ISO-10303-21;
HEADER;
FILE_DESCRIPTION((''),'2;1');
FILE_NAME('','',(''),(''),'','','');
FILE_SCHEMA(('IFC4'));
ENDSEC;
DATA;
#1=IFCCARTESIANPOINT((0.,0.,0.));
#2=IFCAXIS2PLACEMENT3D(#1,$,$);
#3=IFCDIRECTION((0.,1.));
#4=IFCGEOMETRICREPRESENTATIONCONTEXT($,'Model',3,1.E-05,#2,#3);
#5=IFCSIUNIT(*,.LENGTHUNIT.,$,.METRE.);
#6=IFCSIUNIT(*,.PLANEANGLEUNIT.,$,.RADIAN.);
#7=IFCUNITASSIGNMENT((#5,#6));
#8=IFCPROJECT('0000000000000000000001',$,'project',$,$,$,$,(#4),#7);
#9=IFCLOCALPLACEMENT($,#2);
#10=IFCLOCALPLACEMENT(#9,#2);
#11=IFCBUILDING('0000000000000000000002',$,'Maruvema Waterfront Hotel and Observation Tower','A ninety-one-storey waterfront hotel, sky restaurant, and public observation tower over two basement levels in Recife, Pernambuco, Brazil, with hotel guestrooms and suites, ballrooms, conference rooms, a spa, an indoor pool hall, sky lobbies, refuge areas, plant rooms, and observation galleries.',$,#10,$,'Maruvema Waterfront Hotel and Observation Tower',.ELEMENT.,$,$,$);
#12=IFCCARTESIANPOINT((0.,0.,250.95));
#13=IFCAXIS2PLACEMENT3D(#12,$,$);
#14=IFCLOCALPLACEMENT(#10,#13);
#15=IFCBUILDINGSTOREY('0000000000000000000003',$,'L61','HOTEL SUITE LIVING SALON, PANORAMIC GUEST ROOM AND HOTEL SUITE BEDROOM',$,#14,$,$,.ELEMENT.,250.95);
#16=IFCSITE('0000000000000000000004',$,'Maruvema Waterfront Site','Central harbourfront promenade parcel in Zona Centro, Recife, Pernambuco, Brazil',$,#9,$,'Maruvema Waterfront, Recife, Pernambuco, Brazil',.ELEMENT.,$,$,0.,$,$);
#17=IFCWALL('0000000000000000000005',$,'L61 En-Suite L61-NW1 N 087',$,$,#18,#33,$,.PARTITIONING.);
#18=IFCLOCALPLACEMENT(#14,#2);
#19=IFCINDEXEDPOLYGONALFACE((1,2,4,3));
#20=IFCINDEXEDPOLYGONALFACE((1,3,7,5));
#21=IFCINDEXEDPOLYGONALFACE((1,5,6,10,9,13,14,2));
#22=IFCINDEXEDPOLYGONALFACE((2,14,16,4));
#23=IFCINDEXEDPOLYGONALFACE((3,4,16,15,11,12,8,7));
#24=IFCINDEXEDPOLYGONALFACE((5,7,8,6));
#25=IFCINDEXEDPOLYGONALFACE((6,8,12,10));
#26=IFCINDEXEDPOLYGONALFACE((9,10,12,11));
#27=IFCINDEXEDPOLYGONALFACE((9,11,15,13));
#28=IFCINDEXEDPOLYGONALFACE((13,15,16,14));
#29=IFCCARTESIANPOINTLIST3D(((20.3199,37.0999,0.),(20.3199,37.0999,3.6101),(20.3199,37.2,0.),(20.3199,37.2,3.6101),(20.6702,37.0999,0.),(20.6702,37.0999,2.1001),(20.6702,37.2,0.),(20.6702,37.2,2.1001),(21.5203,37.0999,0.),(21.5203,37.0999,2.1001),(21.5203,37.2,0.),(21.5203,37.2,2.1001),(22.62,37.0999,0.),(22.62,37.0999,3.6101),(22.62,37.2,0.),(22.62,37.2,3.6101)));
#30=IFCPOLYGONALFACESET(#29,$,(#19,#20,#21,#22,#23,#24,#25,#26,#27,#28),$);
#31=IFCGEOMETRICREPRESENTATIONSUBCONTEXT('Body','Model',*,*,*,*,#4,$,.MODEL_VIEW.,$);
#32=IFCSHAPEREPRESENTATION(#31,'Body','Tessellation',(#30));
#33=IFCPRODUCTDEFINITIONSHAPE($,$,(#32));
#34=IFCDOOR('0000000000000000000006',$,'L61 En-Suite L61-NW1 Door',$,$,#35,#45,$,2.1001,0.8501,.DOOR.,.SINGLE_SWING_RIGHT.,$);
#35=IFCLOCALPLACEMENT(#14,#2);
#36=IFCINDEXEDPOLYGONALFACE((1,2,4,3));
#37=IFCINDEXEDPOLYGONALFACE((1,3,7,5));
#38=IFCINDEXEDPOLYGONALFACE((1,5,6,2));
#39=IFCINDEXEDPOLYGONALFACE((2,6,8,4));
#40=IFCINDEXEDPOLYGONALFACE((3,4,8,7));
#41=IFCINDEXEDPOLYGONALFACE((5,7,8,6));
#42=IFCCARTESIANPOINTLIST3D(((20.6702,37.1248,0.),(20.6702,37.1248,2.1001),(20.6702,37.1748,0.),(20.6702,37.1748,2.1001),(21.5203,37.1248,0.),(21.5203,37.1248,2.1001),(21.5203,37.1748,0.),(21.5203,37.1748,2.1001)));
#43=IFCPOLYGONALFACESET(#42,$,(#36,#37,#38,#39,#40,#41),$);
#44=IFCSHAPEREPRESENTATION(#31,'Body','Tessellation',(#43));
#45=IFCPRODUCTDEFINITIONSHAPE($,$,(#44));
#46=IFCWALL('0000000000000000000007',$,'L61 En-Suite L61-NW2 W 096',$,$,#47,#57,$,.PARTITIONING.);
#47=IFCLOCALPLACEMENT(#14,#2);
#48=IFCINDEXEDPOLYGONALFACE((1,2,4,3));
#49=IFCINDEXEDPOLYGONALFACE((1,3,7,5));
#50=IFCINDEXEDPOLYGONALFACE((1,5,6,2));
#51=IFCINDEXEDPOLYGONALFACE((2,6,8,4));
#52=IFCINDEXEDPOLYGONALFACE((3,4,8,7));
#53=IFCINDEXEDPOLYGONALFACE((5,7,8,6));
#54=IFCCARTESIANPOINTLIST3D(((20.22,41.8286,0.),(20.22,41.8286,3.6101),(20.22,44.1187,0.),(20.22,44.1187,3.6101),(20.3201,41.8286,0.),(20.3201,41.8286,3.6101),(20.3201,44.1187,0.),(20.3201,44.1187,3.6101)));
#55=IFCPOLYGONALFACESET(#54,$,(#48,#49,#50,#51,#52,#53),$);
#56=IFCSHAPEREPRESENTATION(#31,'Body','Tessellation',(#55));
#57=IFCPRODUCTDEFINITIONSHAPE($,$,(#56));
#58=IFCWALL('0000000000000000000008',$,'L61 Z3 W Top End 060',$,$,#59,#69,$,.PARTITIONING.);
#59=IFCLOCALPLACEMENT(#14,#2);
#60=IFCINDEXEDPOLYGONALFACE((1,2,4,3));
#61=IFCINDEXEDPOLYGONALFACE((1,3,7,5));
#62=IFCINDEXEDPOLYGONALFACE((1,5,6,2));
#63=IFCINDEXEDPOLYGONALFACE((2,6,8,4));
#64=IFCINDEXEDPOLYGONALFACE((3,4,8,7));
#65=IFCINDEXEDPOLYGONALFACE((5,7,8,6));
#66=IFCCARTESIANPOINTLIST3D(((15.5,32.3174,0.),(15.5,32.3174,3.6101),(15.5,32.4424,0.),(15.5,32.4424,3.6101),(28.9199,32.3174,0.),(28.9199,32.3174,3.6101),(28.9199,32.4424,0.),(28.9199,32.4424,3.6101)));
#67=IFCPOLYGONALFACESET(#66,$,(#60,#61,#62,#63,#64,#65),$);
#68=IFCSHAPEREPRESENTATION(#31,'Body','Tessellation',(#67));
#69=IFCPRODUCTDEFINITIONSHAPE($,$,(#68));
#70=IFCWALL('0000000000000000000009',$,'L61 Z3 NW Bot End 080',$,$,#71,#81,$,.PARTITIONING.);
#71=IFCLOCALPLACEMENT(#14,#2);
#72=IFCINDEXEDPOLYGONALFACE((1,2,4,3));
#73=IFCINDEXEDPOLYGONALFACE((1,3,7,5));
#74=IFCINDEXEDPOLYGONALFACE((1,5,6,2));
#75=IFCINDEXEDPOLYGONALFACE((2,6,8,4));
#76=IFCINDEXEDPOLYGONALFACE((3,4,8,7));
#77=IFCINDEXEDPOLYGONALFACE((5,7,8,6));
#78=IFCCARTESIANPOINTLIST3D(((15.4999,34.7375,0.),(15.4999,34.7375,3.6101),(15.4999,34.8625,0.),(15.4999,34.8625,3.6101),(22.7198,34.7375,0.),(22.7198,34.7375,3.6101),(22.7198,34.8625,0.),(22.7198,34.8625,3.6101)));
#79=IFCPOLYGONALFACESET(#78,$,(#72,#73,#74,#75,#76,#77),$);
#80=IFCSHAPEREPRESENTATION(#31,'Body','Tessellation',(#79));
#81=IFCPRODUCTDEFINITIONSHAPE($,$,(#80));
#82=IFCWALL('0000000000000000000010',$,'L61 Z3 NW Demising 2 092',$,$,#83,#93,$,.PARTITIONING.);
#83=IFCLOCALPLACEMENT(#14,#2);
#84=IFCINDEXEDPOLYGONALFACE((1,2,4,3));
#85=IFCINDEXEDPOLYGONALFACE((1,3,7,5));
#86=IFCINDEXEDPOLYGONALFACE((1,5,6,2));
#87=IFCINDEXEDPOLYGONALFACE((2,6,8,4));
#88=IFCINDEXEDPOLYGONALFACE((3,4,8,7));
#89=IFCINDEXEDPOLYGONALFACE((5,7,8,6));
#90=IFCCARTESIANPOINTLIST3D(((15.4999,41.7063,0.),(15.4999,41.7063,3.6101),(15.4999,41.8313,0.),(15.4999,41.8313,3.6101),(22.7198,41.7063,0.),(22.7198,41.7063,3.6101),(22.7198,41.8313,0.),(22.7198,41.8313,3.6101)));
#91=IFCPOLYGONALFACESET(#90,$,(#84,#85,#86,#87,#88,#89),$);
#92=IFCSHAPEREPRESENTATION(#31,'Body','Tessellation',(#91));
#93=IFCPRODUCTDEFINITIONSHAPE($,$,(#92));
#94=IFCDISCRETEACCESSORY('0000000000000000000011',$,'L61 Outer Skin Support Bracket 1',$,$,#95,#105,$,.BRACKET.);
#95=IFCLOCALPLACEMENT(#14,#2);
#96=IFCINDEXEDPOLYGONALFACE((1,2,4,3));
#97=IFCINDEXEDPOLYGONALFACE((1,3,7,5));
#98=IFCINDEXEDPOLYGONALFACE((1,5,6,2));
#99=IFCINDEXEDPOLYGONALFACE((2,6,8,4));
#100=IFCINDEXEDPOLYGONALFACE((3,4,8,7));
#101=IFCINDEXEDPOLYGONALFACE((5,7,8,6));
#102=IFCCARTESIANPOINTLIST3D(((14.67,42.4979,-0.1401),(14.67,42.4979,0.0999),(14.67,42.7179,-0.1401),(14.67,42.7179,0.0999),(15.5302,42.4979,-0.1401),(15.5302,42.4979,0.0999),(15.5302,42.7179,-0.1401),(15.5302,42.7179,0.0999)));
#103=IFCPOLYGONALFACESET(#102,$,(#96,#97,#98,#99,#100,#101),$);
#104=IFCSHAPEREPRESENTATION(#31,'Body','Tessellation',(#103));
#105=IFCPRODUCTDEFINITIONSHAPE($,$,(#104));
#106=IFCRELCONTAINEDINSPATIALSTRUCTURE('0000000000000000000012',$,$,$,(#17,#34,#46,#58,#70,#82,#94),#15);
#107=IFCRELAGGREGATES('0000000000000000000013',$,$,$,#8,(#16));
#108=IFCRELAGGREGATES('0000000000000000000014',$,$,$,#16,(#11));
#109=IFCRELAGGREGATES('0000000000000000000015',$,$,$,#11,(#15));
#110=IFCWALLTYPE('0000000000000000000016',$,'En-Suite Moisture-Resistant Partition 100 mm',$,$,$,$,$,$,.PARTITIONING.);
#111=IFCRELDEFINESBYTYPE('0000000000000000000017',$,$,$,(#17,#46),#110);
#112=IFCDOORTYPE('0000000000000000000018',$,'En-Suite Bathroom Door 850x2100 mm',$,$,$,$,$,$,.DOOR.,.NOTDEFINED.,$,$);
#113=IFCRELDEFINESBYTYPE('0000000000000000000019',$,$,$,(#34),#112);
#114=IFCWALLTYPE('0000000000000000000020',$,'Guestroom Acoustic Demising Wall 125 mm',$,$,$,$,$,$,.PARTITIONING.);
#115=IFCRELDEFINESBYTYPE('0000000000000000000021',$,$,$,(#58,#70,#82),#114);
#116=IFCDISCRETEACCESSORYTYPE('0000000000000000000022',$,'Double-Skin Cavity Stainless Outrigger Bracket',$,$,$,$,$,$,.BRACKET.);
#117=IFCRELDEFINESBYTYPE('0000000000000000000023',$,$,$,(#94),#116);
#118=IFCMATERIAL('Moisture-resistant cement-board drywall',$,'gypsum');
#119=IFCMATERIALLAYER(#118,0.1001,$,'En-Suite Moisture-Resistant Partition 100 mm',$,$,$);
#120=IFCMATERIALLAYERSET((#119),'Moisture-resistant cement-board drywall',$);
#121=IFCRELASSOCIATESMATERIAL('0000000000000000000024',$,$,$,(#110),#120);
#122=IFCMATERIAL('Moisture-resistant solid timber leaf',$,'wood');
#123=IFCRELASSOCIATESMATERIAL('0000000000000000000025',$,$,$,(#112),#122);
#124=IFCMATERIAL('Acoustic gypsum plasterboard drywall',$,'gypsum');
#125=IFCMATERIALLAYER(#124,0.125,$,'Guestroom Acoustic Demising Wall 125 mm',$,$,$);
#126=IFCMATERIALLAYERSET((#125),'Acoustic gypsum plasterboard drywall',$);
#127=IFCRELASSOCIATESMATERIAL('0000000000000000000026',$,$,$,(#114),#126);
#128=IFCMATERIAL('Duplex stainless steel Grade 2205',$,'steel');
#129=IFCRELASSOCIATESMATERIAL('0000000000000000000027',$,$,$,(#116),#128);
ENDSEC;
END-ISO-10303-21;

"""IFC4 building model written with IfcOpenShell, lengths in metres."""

from ifc_helpers import new_model, si_unit, direction, frame, frame_2d, origin, origin_2d, place, context, subcontext, project, spatial, rectangle, extrude, material, layer, layer_set, type_object, element, fill, save


model = new_model("IFC4")

# Units and contexts
model_context = context("Model", 3, precision=1e-05, world=origin(), true_north=direction((0.0, 1.0)))
body_context = subcontext(model_context, "Body", "Model", "MODEL_VIEW")
ifc_project = project(units=[si_unit("LENGTHUNIT", "METRE"), si_unit("PLANEANGLEUNIT", "RADIAN")], contexts=[model_context])

# Site, building, storey
site_placement = place(None, origin())
site = spatial("IfcSite", under=ifc_project, at=site_placement, Name="Maruvema Waterfront Site", Description="Central harbourfront promenade parcel in Zona Centro, Recife, Pernambuco, Brazil", LongName="Maruvema Waterfront, Recife, Pernambuco, Brazil", CompositionType="ELEMENT", RefElevation=0.0)
building_placement = place(site_placement, origin())
building = spatial("IfcBuilding", under=site, at=building_placement, Name="Maruvema Waterfront Hotel and Observation Tower", Description="A ninety-one-storey waterfront hotel, sky restaurant, and public observation tower over two basement levels in Recife, Pernambuco, Brazil, with hotel guestrooms and suites, ballrooms, conference rooms, a spa, an indoor pool hall, sky lobbies, refuge areas, plant rooms, and observation galleries.", LongName="Maruvema Waterfront Hotel and Observation Tower", CompositionType="ELEMENT")
storey_placement = place(building_placement, frame((0.0, 0.0, 250.95)))
storey = spatial("IfcBuildingStorey", under=building, at=storey_placement, Name="L61", Description="HOTEL SUITE LIVING SALON, PANORAMIC GUEST ROOM AND HOTEL SUITE BEDROOM", CompositionType="ELEMENT", Elevation=250.95)

# Shared definitions
ifc_material_1 = material(Name="Moisture-resistant cement-board drywall", Category="gypsum")
ifc_layer_1 = layer(ifc_material_1, 0.1001, Name="En-Suite Moisture-Resistant Partition 100 mm")
ifc_layer_set_1 = layer_set([ifc_layer_1], Name="Moisture-resistant cement-board drywall")
wall_type_1 = type_object("IfcWallType", Name="En-Suite Moisture-Resistant Partition 100 mm", PredefinedType="PARTITIONING", material=ifc_layer_set_1)

# Wall, opening, door
wall_1_placement = place(storey_placement, frame((20.3201, 37.1499, 0.0), z_axis=(0.0, 0.0, 1.0), x_axis=(1.0, 0.0, 0.0)))
wall_1 = element("IfcWall", 1, at=wall_1_placement, inside=storey, type_object=wall_type_1, Name="L61 En-Suite L61-NW1 N 087", PredefinedType="PARTITIONING", context=body_context, shape_type="SweptSolid", body=[
    extrude(rectangle(XDim=2.3, YDim=0.1001, at=frame_2d((1.1499, 0.0))), origin(), (0.0, 0.0, 1.0), 3.6101),
])
opening_1_placement = place(wall_1_placement, frame((0.3501, 0.0, 0.0)))
opening_1 = element("IfcOpeningElement", 2, at=opening_1_placement, cuts=wall_1, PredefinedType="OPENING", context=body_context, shape_type="SweptSolid", body=[
    extrude(rectangle(XDim=0.8501, YDim=2.1001, at=frame_2d((0.425, 1.05))), frame((0.0, 0.0601, 0.0), z_axis=(0.0, -1.0, 0.0), x_axis=(1.0, 0.0, 0.0)), (0.0, 0.0, 1.0), 0.1201),
])
ifc_material_2 = material(Name="Moisture-resistant solid timber leaf", Category="wood")
door_type_1 = type_object("IfcDoorType", Name="En-Suite Bathroom Door 850x2100 mm", OperationType="NOTDEFINED", PredefinedType="DOOR", material=ifc_material_2)
door_1_placement = place(opening_1_placement, origin())
door_1 = element("IfcDoor", 3, at=door_1_placement, inside=storey, type_object=door_type_1, Name="L61 En-Suite L61-NW1 Door", OperationType="SINGLE_SWING_RIGHT", OverallHeight=2.1001, OverallWidth=0.8501, PredefinedType="DOOR", context=body_context, shape_type="SweptSolid", body=[
    extrude(rectangle(XDim=0.8501, YDim=2.1001, at=frame_2d((0.425, 1.05))), frame((0.0, 0.0249, 0.0), z_axis=(0.0, -1.0, 0.0), x_axis=(1.0, 0.0, 0.0)), (0.0, 0.0, 1.0), 0.05),
])
fill(opening_1, door_1)

# Walls
wall_2_placement = place(storey_placement, frame((20.27, 41.8286, 0.0), z_axis=(0.0, 0.0, 1.0), x_axis=(0.0, 1.0, 0.0)))
element("IfcWall", 4, at=wall_2_placement, inside=storey, type_object=wall_type_1, Name="L61 En-Suite L61-NW2 W 096", PredefinedType="PARTITIONING", context=body_context, shape_type="SweptSolid", body=[
    extrude(rectangle(XDim=2.29, YDim=0.1001, at=frame_2d((1.145, 0.0))), origin(), (0.0, 0.0, 1.0), 3.6101),
])
ifc_material_3 = material(Name="Acoustic gypsum plasterboard drywall", Category="gypsum")
ifc_layer_2 = layer(ifc_material_3, 0.125, Name="Guestroom Acoustic Demising Wall 125 mm")
ifc_layer_set_2 = layer_set([ifc_layer_2], Name="Acoustic gypsum plasterboard drywall")
wall_type_2 = type_object("IfcWallType", Name="Guestroom Acoustic Demising Wall 125 mm", PredefinedType="PARTITIONING", material=ifc_layer_set_2)
wall_3_placement = place(storey_placement, frame((15.5, 32.3799, 0.0), z_axis=(0.0, 0.0, 1.0), x_axis=(1.0, 0.0, 0.0)))
element("IfcWall", 5, at=wall_3_placement, inside=storey, type_object=wall_type_2, Name="L61 Z3 W Top End 060", PredefinedType="PARTITIONING", context=body_context, shape_type="SweptSolid", body=[
    extrude(rectangle(XDim=13.4199, YDim=0.125, at=frame_2d((6.71, 0.0))), origin(), (0.0, 0.0, 1.0), 3.6101),
])
for number, where, z_axis, x_axis, name in (
    (6, (15.5, 34.8, 0.0), (0.0, 0.0, 1.0), (1.0, 0.0, 0.0), "L61 Z3 NW Bot End 080"),
    (7, (15.5, 41.7688, 0.0), (0.0, 0.0, 1.0), (1.0, 0.0, 0.0), "L61 Z3 NW Demising 2 092"),
):
    element("IfcWall", number, at=place(storey_placement, frame(where, z_axis=z_axis, x_axis=x_axis)), inside=storey, type_object=wall_type_2, Name=name, PredefinedType="PARTITIONING", context=body_context, shape_type="SweptSolid", body=[
        extrude(rectangle(XDim=7.22, YDim=0.125, at=frame_2d((3.6099, 0.0))), origin(), (0.0, 0.0, 1.0), 3.6101),
    ])

# Discrete accessory
ifc_material_4 = material(Name="Duplex stainless steel Grade 2205", Category="steel")
discrete_accessory_type = type_object("IfcDiscreteAccessoryType", Name="Double-Skin Cavity Stainless Outrigger Bracket", PredefinedType="BRACKET", material=ifc_material_4)
discrete_accessory_placement = place(storey_placement, frame((15.1001, 42.6079, -0.1401), z_axis=(0.0, 0.0, 1.0), x_axis=(0.0, -1.0, 0.0)))
element("IfcDiscreteAccessory", 8, at=discrete_accessory_placement, inside=storey, type_object=discrete_accessory_type, Name="L61 Outer Skin Support Bracket 1", PredefinedType="BRACKET", context=body_context, shape_type="SweptSolid", body=[
    extrude(rectangle(XDim=0.22, YDim=0.8601, at=origin_2d()), origin(), (0.0, 0.0, 1.0), 0.24),
])

save(model, "model.ifc")
